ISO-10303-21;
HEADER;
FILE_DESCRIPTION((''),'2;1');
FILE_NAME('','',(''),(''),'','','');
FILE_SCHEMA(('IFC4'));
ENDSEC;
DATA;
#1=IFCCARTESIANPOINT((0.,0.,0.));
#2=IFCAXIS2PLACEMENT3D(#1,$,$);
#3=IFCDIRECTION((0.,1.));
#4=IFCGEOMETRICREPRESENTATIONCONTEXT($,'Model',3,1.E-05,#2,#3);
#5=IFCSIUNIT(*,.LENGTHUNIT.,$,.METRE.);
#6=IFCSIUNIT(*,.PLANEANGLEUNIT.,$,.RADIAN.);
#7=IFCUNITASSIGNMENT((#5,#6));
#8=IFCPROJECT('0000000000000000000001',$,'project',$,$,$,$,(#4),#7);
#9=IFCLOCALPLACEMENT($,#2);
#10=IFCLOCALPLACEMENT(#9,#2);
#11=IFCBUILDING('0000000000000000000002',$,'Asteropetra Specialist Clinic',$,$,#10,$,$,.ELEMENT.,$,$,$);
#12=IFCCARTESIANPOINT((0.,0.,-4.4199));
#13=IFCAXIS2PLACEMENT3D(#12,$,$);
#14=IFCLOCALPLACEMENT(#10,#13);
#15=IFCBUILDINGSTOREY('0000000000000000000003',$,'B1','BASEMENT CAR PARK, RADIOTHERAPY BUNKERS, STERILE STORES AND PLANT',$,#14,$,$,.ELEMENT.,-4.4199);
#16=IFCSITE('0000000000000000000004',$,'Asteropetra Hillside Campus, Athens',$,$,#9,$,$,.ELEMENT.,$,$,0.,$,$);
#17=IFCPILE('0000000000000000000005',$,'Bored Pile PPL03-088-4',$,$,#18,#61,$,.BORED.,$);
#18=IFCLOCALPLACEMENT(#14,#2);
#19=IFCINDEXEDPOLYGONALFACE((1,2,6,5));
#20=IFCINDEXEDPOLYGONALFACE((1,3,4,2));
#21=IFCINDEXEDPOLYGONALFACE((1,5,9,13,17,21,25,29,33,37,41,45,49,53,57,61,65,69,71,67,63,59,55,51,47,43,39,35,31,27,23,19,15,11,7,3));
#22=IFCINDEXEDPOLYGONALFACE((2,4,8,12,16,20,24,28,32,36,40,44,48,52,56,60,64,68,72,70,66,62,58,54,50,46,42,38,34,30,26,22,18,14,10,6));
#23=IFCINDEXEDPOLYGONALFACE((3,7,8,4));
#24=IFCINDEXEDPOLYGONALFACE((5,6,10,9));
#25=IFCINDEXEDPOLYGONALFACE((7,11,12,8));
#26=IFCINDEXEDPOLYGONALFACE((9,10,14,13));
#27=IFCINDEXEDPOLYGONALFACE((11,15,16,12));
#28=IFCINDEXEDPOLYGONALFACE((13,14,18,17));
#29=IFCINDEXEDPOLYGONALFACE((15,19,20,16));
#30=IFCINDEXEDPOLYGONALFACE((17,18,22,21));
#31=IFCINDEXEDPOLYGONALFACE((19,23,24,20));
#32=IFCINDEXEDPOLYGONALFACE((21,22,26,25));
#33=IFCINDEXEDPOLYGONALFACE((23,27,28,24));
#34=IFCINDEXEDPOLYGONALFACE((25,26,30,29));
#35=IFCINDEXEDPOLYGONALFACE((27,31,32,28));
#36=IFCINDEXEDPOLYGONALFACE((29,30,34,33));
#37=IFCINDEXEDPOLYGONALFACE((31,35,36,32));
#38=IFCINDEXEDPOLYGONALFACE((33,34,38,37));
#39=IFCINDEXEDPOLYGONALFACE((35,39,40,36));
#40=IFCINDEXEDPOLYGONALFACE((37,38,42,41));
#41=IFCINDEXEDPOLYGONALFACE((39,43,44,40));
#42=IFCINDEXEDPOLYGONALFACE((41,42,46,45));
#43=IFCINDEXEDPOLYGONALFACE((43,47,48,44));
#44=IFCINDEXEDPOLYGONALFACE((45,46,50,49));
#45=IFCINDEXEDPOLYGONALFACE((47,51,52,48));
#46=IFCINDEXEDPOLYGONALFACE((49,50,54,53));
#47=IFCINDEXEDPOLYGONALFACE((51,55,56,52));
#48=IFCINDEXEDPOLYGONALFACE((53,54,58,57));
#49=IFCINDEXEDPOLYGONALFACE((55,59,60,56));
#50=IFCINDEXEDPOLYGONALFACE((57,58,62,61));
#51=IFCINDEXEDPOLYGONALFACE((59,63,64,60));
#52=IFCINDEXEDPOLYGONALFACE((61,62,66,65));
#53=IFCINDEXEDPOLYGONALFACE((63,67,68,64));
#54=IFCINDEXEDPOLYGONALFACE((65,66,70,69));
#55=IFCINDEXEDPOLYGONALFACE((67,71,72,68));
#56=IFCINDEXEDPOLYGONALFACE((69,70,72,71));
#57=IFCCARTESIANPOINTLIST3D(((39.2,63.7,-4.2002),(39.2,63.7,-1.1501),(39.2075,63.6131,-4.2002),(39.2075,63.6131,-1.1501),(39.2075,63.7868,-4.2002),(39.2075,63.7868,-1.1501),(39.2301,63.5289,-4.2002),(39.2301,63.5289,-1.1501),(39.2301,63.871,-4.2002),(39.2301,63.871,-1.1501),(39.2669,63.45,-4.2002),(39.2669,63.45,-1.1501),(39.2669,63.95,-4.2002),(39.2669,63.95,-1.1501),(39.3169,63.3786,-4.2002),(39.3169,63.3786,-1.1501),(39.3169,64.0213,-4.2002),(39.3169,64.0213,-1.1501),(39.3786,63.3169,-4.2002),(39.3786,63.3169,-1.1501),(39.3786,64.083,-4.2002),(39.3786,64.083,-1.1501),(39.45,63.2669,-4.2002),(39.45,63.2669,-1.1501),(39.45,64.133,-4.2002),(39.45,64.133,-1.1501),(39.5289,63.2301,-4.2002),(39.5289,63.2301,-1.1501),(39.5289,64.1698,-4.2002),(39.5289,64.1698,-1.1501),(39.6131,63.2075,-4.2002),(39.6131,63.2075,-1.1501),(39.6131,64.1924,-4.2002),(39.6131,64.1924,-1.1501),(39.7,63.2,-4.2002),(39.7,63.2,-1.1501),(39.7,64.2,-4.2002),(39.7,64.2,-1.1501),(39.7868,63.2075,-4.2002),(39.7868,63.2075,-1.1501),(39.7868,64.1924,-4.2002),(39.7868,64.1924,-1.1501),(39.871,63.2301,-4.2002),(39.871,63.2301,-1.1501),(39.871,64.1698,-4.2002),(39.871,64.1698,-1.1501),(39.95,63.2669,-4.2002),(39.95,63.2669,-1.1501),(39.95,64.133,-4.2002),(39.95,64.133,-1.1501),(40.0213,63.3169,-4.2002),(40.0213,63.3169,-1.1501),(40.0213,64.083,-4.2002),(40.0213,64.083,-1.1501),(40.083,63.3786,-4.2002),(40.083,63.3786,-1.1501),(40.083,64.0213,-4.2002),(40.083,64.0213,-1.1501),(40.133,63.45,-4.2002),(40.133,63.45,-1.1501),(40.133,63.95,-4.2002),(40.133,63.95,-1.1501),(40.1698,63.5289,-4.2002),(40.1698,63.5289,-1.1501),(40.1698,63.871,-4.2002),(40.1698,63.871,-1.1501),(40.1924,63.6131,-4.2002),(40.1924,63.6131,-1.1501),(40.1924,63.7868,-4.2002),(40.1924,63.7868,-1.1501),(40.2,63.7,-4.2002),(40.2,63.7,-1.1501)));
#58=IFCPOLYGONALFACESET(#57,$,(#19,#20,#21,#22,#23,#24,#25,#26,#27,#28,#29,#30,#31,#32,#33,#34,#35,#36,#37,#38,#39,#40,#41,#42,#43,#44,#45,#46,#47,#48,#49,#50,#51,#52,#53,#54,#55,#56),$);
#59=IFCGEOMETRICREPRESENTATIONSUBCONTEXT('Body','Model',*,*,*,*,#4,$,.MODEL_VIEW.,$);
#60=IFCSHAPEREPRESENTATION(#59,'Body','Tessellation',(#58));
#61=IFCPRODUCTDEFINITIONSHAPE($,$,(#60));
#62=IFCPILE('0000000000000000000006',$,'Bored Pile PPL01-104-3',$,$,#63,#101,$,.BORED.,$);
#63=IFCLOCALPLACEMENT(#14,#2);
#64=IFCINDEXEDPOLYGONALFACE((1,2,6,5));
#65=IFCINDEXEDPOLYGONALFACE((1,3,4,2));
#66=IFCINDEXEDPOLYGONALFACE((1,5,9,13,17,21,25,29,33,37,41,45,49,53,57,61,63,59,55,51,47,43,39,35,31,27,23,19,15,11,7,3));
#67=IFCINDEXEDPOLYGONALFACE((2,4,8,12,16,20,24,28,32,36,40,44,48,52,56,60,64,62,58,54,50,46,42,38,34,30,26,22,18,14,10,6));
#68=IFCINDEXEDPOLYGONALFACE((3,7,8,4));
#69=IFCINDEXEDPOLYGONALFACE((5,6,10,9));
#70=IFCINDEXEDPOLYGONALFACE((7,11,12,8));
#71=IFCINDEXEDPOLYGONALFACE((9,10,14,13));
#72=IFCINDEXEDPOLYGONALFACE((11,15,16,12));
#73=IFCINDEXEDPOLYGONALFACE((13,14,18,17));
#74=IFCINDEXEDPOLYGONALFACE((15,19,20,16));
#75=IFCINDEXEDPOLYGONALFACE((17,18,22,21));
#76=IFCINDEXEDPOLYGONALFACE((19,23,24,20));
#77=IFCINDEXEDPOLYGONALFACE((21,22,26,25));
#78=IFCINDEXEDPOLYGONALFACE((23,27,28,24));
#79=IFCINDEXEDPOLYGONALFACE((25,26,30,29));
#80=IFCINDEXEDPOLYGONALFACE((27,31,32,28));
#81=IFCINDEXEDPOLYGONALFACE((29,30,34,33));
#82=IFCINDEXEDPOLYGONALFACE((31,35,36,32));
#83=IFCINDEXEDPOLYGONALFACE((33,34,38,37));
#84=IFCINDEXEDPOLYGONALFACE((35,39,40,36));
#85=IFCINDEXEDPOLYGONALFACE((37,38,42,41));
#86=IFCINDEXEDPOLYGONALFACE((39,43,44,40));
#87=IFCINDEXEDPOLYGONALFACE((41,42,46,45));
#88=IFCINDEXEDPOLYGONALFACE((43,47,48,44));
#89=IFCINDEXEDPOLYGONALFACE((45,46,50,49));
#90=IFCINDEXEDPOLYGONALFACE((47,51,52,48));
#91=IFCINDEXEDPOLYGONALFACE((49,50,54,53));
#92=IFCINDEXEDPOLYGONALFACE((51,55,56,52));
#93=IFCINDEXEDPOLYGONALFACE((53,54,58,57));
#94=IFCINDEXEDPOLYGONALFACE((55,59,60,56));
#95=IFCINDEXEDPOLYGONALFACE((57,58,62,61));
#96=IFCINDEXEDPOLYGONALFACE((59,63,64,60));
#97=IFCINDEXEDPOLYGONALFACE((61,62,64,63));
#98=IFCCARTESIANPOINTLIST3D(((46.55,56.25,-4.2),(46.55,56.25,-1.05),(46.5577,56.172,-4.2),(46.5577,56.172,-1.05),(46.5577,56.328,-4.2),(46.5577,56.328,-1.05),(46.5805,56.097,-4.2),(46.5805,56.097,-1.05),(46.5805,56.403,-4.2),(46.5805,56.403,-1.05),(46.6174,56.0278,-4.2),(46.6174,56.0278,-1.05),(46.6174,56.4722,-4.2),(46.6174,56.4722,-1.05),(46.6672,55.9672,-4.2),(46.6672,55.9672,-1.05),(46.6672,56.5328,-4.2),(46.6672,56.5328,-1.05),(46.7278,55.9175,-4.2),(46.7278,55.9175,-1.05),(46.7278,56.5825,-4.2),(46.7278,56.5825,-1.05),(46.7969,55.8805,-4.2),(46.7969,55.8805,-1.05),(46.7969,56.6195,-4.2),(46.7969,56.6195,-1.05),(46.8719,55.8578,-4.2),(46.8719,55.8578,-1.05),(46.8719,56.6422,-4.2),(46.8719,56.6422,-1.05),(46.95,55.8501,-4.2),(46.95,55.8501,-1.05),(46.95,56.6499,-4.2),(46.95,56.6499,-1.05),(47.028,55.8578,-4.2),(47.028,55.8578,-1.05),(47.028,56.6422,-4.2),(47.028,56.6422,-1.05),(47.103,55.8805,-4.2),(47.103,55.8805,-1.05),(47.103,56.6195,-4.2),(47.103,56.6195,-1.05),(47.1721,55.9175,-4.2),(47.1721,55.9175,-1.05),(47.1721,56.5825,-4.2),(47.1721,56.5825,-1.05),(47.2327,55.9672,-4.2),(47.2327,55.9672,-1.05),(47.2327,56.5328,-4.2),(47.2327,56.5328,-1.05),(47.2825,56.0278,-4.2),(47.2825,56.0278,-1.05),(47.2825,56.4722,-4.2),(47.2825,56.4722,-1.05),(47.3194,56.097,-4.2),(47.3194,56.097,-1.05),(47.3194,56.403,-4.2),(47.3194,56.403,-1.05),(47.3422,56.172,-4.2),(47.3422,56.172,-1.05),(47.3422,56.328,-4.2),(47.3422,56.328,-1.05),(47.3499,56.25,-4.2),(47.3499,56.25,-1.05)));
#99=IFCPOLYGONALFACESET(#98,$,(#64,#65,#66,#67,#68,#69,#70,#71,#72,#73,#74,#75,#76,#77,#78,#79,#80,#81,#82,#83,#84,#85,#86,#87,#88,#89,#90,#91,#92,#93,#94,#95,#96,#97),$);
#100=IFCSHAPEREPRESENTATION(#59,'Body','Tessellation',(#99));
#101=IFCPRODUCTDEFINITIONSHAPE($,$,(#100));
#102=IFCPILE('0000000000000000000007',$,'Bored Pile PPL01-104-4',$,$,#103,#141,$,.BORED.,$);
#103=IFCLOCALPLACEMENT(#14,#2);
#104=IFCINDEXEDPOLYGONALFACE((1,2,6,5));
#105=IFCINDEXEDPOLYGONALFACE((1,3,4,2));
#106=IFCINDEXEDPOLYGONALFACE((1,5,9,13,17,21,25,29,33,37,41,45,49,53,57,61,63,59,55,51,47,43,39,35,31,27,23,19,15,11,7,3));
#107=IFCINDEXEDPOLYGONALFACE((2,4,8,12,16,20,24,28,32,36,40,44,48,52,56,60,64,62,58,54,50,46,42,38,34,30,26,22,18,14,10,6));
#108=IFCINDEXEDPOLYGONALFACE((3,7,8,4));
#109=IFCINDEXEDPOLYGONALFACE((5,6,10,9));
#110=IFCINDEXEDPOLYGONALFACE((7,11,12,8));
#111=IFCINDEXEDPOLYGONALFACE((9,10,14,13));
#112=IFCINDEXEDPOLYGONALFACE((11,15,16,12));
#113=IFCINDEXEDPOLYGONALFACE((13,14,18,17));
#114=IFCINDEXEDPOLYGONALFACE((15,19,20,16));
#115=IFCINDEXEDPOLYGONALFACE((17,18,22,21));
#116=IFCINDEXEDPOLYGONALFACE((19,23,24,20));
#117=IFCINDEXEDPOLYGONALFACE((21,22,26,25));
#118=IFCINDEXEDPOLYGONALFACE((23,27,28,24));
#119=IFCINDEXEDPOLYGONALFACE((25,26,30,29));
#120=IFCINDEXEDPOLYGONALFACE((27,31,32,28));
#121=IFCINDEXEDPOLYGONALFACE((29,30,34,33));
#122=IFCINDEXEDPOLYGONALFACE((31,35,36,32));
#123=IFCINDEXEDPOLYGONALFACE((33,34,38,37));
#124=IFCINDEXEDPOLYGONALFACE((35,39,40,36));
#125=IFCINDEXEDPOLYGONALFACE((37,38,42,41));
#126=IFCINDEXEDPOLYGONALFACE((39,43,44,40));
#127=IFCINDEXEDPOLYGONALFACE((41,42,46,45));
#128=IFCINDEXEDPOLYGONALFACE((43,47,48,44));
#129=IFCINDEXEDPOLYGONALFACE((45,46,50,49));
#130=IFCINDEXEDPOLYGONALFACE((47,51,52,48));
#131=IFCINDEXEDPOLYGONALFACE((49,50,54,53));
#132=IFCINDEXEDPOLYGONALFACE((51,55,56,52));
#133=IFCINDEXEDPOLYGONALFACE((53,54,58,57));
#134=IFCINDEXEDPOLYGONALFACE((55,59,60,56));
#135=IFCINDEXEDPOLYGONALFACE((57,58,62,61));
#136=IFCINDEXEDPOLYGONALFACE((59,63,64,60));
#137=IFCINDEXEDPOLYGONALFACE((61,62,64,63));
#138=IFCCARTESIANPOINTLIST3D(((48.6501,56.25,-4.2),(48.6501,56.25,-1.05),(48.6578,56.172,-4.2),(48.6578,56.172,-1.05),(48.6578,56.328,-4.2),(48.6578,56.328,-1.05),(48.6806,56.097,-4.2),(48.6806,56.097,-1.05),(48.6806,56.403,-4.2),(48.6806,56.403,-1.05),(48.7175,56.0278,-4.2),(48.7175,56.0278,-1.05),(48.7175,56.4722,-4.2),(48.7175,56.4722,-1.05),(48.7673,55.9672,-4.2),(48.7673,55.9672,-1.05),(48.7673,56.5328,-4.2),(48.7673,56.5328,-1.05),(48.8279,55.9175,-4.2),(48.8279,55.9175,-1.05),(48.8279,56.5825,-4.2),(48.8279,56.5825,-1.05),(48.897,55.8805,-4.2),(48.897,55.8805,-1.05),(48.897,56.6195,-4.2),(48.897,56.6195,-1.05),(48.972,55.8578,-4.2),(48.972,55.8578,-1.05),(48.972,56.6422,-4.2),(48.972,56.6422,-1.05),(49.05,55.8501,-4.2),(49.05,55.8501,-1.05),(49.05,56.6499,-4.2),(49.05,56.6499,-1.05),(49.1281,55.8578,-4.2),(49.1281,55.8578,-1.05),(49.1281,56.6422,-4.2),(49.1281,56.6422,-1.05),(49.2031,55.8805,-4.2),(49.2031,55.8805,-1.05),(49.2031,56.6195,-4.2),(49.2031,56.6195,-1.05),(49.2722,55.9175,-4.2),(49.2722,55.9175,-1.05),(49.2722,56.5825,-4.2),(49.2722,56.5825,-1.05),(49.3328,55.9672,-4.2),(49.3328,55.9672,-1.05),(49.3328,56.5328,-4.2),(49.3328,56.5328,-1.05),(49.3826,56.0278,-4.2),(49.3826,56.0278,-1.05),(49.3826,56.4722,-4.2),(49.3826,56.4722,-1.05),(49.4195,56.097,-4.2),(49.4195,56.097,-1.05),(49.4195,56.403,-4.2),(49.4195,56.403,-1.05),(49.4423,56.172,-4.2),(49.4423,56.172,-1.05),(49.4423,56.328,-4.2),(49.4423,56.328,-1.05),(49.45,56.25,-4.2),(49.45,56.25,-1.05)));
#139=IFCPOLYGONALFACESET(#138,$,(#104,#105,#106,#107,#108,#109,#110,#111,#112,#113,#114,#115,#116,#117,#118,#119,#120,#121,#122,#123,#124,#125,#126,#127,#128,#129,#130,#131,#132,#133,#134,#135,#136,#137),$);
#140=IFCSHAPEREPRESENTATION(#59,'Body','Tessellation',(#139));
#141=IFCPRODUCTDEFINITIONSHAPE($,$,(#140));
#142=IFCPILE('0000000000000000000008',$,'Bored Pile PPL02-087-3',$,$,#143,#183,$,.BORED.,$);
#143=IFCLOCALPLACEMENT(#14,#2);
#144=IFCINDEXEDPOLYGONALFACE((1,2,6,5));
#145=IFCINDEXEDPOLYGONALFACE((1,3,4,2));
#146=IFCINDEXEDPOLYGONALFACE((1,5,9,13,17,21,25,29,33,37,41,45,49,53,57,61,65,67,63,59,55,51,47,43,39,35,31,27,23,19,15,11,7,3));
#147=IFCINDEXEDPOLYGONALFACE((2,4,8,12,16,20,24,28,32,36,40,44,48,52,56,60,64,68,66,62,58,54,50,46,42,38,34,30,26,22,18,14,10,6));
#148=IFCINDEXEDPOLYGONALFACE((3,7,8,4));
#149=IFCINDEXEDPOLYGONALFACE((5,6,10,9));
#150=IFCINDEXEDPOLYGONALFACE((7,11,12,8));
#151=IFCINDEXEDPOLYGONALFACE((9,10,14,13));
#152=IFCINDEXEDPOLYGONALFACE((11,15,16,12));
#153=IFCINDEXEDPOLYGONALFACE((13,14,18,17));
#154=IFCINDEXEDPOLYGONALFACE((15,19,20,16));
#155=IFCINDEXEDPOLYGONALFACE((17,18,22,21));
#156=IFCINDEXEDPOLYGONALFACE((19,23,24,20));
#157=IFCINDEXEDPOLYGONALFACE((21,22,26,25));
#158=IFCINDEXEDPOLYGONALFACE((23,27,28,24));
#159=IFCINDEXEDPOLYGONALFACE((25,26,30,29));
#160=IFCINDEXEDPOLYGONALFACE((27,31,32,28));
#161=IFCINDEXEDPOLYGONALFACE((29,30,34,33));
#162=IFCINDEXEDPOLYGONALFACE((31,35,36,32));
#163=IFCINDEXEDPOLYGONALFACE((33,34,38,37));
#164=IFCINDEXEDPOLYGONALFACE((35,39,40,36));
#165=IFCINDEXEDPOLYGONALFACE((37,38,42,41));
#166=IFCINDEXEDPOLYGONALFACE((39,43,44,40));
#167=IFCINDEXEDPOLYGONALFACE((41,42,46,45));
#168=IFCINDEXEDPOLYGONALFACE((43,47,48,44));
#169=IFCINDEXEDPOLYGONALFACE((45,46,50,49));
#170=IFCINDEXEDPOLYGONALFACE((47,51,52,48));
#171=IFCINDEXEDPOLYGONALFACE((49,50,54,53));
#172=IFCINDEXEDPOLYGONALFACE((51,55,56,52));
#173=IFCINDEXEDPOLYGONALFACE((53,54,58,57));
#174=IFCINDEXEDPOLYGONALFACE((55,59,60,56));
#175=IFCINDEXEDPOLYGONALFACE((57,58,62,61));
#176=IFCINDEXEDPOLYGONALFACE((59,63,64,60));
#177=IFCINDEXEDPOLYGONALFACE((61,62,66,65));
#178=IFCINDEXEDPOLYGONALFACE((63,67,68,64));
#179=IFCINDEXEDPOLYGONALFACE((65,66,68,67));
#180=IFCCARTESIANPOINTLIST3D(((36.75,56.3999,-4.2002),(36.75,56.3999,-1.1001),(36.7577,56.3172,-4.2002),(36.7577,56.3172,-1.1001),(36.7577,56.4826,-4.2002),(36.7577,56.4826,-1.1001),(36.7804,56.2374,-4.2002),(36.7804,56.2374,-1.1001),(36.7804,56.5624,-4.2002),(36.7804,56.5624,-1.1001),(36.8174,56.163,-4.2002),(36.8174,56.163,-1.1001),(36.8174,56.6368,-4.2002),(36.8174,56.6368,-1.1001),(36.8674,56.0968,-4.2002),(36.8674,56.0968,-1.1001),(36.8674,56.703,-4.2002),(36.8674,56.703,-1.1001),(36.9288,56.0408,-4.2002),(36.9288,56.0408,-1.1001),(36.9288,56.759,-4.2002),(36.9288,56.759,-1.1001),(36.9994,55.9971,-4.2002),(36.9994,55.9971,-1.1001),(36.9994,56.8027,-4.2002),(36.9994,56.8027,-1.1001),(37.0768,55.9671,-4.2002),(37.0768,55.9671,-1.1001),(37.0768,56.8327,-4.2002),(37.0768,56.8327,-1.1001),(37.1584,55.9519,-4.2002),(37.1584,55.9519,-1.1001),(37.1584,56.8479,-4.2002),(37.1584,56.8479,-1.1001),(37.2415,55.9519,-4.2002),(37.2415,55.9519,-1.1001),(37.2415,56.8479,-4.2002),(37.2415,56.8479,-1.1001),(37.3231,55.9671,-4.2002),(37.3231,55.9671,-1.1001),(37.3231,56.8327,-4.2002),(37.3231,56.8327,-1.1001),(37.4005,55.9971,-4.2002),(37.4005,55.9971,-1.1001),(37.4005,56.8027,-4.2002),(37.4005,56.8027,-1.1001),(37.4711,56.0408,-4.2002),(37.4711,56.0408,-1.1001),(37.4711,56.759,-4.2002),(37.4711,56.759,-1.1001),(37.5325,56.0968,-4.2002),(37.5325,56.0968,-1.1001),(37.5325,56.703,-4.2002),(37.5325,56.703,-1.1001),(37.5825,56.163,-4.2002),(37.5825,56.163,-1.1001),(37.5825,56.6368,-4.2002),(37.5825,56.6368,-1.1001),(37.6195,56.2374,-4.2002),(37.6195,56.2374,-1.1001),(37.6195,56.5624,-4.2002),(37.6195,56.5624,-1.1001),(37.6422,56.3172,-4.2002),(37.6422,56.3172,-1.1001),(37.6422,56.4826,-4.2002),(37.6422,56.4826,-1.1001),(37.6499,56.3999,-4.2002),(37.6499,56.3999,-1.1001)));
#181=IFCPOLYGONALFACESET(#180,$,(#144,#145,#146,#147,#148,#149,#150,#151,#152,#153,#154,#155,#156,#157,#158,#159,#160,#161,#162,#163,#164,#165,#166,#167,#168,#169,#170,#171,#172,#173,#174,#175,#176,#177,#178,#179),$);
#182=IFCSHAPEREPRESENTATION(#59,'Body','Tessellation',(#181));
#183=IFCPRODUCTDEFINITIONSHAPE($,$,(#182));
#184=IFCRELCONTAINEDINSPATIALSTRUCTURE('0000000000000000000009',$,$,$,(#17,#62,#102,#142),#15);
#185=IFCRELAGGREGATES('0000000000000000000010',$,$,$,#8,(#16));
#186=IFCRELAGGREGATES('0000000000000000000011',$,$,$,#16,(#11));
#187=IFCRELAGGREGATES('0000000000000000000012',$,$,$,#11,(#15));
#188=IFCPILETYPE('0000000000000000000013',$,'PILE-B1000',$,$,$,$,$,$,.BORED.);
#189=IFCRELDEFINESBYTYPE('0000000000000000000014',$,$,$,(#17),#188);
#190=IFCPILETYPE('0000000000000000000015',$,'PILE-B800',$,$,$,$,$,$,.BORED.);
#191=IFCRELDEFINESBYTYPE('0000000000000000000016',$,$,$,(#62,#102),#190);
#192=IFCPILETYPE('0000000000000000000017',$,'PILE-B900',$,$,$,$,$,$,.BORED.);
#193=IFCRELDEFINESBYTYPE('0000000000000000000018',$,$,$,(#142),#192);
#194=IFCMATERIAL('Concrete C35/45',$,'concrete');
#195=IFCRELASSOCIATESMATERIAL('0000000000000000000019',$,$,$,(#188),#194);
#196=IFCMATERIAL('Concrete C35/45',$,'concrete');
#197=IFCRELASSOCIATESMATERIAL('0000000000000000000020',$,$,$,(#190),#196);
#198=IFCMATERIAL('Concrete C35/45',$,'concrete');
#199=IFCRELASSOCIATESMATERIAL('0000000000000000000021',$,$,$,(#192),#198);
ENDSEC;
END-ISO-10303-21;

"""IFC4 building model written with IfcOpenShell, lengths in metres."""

from ifc_helpers import new_model, si_unit, direction, frame, origin, origin_2d, place, context, subcontext, project, spatial, circle, extrude, material, material_profile, profile_set, type_object, element, save


model = new_model("IFC4")

# Units and contexts
model_context = context("Model", 3, precision=1e-05, world=origin(), true_north=direction((0.0, 1.0)))
body_context = subcontext(model_context, "Body", "Model", "MODEL_VIEW")
ifc_project = project(units=[si_unit("LENGTHUNIT", "METRE"), si_unit("PLANEANGLEUNIT", "RADIAN")], contexts=[model_context])

# Site, building, storey
site_placement = place(None, origin())
site = spatial("IfcSite", under=ifc_project, at=site_placement, Name="Asteropetra Hillside Campus, Athens", CompositionType="ELEMENT", RefElevation=0.0)
building_placement = place(site_placement, origin())
building = spatial("IfcBuilding", under=site, at=building_placement, Name="Asteropetra Specialist Clinic", CompositionType="ELEMENT")
storey_placement = place(building_placement, frame((0.0, 0.0, -4.4199)))
storey = spatial("IfcBuildingStorey", under=building, at=storey_placement, Name="B1", Description="BASEMENT CAR PARK, RADIOTHERAPY BUNKERS, STERILE STORES AND PLANT", CompositionType="ELEMENT", Elevation=-4.4199)

# Piles
ifc_material_1 = material(Name="Concrete C35/45", Category="concrete")
ifc_material_profile_1 = material_profile(ifc_material_1, circle(Radius=0.5, at=origin_2d()), Name="PILE D1000")
ifc_profile_set_1 = profile_set([ifc_material_profile_1], Name="Concrete C35/45")
pile_type_1 = type_object("IfcPileType", Name="PILE-B1000", PredefinedType="BORED", material=ifc_profile_set_1)
for number, where, z_axis, x_axis, name in (
    (1, (39.7, 63.7, -1.1501), (0.0, 0.0, -1.0), (1.0, 0.0, 0.0), "Bored Pile PPL03-088-4"),
):
    element("IfcPile", number, at=place(storey_placement, frame(where, z_axis=z_axis, x_axis=x_axis)), inside=storey, type_object=pile_type_1, Name=name, PredefinedType="BORED", context=body_context, shape_type="SweptSolid", body=[
        extrude(circle(Radius=0.5, at=origin_2d()), origin(), (0.0, 0.0, 1.0), 3.05),
    ])
ifc_material_2 = material(Name="Concrete C35/45", Category="concrete")
ifc_material_profile_2 = material_profile(ifc_material_2, circle(Radius=0.3999, at=origin_2d()), Name="PILE D800")
ifc_profile_set_2 = profile_set([ifc_material_profile_2], Name="Concrete C35/45")
pile_type_2 = type_object("IfcPileType", Name="PILE-B800", PredefinedType="BORED", material=ifc_profile_set_2)
for number, where, z_axis, x_axis, name in (
    (2, (46.95, 56.25, -1.05), (0.0, 0.0, -1.0), (1.0, 0.0, 0.0), "Bored Pile PPL01-104-3"),
    (3, (49.05, 56.25, -1.05), (0.0, 0.0, -1.0), (1.0, 0.0, 0.0), "Bored Pile PPL01-104-4"),
):
    element("IfcPile", number, at=place(storey_placement, frame(where, z_axis=z_axis, x_axis=x_axis)), inside=storey, type_object=pile_type_2, Name=name, PredefinedType="BORED", context=body_context, shape_type="SweptSolid", body=[
        extrude(circle(Radius=0.3999, at=origin_2d()), origin(), (0.0, 0.0, 1.0), 3.1499),
    ])
ifc_material_3 = material(Name="Concrete C35/45", Category="concrete")
ifc_material_profile_3 = material_profile(ifc_material_3, circle(Radius=0.45, at=origin_2d()), Name="PILE D900")
ifc_profile_set_3 = profile_set([ifc_material_profile_3], Name="Concrete C35/45")
pile_type_3 = type_object("IfcPileType", Name="PILE-B900", PredefinedType="BORED", material=ifc_profile_set_3)
for number, where, z_axis, x_axis, name in (
    (4, (37.2, 56.3999, -1.1001), (0.0, 0.0, -1.0), (1.0, 0.0, 0.0), "Bored Pile PPL02-087-3"),
):
    element("IfcPile", number, at=place(storey_placement, frame(where, z_axis=z_axis, x_axis=x_axis)), inside=storey, type_object=pile_type_3, Name=name, PredefinedType="BORED", context=body_context, shape_type="SweptSolid", body=[
        extrude(circle(Radius=0.45, at=origin_2d()), origin(), (0.0, 0.0, 1.0), 3.1001),
    ])

save(model, "model.ifc")
